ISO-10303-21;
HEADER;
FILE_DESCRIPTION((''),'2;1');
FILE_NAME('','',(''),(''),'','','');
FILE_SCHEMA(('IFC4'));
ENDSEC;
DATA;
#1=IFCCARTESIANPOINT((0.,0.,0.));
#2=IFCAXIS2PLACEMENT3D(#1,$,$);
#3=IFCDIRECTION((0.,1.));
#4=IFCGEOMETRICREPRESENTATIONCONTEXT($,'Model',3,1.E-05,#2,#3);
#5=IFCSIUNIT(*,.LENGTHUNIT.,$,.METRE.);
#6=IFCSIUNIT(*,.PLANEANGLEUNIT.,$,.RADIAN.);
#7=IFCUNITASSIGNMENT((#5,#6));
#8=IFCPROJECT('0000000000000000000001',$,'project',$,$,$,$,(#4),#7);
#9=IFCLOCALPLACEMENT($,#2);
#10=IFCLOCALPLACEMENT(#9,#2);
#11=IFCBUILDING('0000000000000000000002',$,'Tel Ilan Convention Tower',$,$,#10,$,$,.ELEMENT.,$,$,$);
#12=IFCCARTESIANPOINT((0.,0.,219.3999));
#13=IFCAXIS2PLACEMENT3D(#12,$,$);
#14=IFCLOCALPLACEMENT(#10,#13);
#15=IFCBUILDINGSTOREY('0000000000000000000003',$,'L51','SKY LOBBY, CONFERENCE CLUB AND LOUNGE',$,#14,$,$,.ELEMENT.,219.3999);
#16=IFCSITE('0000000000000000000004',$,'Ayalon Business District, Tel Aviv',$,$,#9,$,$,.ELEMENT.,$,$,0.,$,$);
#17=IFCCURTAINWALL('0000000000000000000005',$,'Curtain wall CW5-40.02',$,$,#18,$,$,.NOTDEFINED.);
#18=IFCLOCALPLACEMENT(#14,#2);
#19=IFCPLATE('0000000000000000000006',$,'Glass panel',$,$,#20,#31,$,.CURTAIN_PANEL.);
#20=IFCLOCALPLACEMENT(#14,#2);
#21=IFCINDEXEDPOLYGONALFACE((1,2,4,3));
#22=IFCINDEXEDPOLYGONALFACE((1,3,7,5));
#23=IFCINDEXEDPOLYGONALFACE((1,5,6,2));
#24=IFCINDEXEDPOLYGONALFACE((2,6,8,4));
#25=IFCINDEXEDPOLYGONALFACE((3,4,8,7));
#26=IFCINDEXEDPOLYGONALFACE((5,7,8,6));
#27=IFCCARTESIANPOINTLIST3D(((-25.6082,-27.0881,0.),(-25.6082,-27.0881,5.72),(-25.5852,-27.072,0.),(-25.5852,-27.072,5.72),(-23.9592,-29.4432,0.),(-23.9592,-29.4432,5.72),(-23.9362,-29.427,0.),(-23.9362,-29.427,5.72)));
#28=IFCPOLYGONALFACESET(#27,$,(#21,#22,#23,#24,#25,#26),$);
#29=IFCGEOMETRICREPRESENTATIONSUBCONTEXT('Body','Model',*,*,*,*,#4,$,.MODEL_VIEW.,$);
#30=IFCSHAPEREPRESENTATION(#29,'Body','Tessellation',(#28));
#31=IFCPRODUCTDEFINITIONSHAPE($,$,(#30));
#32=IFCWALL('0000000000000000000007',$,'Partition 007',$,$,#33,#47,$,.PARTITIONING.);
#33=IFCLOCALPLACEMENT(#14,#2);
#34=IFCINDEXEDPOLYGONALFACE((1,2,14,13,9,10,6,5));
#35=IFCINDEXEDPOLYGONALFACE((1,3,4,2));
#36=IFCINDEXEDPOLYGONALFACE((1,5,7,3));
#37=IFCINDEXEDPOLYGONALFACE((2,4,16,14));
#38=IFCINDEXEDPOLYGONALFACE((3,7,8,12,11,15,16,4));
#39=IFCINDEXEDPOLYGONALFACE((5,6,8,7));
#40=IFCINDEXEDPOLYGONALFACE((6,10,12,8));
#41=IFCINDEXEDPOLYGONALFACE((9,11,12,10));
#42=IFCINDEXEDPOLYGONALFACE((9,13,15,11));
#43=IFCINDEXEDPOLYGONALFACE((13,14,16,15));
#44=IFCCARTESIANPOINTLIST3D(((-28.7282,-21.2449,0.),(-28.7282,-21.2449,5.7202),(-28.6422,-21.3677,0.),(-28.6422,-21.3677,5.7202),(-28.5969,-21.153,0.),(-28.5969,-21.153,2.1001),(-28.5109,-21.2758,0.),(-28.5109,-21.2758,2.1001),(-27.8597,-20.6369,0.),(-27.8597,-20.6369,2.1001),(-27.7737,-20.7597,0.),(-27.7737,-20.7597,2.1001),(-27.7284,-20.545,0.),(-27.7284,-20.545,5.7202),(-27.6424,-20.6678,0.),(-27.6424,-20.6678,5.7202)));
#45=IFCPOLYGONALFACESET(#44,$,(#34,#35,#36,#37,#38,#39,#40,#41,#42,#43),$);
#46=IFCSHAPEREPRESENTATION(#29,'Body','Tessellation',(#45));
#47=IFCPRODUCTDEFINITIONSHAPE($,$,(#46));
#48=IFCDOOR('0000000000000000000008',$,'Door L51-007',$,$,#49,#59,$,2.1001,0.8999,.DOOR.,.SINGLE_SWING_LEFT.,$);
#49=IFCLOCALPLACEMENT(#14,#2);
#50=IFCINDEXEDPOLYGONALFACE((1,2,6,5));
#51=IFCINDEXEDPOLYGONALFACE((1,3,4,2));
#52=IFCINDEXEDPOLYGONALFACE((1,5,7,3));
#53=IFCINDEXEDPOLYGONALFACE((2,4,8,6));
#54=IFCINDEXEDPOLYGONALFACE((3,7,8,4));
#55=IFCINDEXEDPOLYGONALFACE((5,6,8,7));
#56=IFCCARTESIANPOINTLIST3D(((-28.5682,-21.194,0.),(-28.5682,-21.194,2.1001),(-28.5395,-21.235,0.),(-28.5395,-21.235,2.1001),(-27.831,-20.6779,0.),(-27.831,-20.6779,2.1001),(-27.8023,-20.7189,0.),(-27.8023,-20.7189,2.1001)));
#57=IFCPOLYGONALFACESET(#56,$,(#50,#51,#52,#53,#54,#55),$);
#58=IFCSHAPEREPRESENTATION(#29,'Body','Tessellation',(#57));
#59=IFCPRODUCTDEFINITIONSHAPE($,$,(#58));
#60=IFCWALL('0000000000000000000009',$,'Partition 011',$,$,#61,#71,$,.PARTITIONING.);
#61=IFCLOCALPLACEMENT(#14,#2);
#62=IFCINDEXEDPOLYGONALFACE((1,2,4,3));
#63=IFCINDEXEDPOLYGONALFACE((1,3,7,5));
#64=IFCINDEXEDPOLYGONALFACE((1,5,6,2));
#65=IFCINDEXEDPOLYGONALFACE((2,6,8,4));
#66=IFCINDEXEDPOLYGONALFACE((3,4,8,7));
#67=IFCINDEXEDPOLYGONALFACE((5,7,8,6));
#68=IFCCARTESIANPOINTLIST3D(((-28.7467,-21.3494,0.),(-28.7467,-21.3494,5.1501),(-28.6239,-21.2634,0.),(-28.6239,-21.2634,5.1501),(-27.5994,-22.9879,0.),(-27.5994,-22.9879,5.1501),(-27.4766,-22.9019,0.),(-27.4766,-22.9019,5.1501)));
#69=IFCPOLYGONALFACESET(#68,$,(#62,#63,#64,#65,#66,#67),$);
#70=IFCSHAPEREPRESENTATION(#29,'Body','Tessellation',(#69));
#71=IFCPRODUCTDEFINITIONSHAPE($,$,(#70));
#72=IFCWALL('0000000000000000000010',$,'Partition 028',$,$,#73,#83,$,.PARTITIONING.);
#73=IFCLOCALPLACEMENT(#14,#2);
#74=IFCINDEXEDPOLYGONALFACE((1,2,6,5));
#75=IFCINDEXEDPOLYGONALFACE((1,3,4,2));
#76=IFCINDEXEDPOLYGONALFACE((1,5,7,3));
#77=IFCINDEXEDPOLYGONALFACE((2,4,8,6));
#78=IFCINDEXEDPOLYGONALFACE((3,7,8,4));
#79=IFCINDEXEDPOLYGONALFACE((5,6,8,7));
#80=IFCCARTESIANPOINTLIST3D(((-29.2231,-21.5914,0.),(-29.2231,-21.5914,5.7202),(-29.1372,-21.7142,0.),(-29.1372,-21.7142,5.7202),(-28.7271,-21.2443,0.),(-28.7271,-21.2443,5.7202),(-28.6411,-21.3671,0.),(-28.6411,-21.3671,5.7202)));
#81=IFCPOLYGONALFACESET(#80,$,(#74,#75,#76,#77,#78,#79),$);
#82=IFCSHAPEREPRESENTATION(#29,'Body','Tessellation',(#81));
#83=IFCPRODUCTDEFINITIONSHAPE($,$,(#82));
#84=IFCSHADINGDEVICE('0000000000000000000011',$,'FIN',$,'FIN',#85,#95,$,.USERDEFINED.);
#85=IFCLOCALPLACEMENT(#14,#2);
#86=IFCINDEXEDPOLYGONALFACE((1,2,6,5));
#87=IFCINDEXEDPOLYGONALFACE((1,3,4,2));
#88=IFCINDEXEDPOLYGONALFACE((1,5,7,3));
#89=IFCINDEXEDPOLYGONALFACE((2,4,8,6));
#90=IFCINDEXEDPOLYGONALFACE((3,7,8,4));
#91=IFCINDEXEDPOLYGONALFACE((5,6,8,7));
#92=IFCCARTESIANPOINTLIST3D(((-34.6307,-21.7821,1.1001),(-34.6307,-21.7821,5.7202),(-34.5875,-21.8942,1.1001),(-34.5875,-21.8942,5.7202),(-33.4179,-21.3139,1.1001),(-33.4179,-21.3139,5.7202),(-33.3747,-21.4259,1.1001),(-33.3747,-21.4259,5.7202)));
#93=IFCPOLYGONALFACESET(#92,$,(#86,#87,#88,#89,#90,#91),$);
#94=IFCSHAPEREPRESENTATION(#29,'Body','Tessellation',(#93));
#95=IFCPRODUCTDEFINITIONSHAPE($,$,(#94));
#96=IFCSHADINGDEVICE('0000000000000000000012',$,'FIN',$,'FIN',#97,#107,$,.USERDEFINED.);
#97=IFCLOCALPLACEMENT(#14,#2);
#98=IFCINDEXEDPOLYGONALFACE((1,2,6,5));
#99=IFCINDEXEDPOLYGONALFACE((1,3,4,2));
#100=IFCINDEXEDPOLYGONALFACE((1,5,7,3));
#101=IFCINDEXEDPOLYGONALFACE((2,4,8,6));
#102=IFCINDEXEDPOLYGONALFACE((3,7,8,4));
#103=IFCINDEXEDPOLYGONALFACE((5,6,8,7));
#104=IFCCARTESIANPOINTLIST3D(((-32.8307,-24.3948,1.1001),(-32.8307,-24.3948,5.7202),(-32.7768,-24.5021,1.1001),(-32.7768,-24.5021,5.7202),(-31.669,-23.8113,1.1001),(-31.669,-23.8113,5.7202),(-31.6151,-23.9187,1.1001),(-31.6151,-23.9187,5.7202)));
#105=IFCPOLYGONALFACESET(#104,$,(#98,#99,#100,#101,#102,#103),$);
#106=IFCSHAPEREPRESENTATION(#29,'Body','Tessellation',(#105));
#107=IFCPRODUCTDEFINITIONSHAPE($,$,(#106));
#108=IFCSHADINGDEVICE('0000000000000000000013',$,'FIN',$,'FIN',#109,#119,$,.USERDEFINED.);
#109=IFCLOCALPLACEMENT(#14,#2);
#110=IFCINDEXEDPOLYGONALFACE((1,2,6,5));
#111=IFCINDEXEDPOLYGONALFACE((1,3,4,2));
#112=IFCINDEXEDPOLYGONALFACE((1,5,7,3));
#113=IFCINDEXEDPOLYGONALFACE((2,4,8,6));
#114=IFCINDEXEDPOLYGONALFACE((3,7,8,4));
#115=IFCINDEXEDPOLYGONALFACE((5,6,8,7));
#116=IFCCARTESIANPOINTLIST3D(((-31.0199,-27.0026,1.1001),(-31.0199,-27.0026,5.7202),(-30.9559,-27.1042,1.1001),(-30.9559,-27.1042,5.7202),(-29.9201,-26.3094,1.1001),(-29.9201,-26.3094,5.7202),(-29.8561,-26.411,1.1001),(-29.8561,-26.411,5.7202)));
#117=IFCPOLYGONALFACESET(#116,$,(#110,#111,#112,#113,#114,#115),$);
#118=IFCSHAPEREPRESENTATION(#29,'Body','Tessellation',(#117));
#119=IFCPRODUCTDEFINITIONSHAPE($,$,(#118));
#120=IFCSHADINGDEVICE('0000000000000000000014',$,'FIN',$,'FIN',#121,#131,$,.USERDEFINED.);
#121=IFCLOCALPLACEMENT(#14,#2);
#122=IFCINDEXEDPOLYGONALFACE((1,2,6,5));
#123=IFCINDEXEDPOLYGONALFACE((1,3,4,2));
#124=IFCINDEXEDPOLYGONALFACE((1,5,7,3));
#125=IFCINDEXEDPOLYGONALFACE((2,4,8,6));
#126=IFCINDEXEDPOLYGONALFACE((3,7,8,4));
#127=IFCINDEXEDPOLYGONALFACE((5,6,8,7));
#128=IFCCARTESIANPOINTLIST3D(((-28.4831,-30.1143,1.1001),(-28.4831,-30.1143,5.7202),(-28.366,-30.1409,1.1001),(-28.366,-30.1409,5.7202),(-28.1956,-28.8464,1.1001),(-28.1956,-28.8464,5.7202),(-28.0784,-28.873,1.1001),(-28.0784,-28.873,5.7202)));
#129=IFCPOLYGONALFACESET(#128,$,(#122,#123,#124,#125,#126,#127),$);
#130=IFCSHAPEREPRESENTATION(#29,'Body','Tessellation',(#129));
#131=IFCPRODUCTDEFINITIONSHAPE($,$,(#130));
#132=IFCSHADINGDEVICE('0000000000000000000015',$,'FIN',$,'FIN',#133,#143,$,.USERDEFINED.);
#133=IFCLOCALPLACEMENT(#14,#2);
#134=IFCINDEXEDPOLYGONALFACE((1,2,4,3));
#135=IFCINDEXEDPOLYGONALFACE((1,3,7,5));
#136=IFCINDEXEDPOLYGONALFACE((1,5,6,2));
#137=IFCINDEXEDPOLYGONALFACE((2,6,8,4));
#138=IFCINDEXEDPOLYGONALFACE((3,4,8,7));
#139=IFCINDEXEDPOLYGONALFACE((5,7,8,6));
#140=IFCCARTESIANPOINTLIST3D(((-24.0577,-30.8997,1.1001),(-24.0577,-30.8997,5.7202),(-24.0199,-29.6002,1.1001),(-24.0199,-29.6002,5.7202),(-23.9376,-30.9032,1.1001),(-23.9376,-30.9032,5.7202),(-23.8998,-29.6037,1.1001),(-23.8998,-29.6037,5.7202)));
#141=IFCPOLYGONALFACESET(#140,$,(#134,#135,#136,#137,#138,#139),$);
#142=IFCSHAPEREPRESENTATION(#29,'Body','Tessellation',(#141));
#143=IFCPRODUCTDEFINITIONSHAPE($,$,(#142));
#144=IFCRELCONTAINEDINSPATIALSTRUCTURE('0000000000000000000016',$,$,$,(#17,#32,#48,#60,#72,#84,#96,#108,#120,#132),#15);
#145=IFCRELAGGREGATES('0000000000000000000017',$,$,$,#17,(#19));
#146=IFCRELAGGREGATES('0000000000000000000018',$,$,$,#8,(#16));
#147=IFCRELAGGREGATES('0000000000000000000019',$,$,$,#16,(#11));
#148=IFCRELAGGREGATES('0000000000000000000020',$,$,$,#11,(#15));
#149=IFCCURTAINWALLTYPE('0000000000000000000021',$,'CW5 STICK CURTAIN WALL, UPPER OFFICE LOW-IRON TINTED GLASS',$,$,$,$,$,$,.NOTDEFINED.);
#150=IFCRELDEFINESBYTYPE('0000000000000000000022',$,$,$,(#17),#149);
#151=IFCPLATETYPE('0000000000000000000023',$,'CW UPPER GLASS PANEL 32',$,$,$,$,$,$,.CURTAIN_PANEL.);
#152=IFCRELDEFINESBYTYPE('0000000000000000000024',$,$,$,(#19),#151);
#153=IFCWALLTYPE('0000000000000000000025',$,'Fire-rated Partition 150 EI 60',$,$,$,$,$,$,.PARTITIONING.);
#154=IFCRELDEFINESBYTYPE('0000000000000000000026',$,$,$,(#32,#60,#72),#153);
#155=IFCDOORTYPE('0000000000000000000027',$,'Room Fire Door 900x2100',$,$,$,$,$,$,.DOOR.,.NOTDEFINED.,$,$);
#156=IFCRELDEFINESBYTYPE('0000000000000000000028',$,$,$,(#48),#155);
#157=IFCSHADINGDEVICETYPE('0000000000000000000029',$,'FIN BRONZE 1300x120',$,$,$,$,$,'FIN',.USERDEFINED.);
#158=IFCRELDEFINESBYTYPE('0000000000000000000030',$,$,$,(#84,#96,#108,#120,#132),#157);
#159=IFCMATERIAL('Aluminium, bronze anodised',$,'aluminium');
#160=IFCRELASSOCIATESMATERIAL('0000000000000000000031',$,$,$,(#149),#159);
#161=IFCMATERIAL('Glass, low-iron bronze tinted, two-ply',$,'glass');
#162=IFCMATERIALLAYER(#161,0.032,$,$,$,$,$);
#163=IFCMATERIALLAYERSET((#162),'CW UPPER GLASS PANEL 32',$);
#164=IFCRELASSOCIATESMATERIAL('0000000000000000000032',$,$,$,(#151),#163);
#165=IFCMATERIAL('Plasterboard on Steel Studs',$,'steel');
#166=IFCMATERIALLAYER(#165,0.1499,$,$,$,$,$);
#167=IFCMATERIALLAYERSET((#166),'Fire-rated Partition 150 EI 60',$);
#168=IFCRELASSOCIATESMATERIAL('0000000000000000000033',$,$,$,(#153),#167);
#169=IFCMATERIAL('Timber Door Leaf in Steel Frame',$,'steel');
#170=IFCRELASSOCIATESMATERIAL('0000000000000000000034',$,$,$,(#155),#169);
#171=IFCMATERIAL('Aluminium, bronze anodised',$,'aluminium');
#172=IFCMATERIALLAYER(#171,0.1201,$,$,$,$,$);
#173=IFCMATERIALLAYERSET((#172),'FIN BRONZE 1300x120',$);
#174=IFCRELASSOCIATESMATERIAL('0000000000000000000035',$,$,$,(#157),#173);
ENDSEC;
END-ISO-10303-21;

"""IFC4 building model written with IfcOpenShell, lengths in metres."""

from ifc_helpers import new_model, si_unit, direction, frame, frame_2d, origin, origin_2d, place, context, subcontext, project, spatial, rectangle, extrude, material, layer, layer_set, type_object, element, fill, aggregate, save


model = new_model("IFC4")

# Units and contexts
model_context = context("Model", 3, precision=1e-05, world=origin(), true_north=direction((0.0, 1.0)))
body_context = subcontext(model_context, "Body", "Model", "MODEL_VIEW")
ifc_project = project(units=[si_unit("LENGTHUNIT", "METRE"), si_unit("PLANEANGLEUNIT", "RADIAN")], contexts=[model_context])

# Site, building, storey
site_placement = place(None, origin())
site = spatial("IfcSite", under=ifc_project, at=site_placement, Name="Ayalon Business District, Tel Aviv", CompositionType="ELEMENT", RefElevation=0.0)
building_placement = place(site_placement, origin())
building = spatial("IfcBuilding", under=site, at=building_placement, Name="Tel Ilan Convention Tower", CompositionType="ELEMENT")
storey_placement = place(building_placement, frame((0.0, 0.0, 219.3999)))
storey = spatial("IfcBuildingStorey", under=building, at=storey_placement, Name="L51", Description="SKY LOBBY, CONFERENCE CLUB AND LOUNGE", CompositionType="ELEMENT", Elevation=219.3999)

# Curtain wall, plate
ifc_material_1 = material(Name="Aluminium, bronze anodised", Category="aluminium")
curtain_wall_type = type_object("IfcCurtainWallType", Name="CW5 STICK CURTAIN WALL, UPPER OFFICE LOW-IRON TINTED GLASS", PredefinedType="NOTDEFINED", material=ifc_material_1)
curtain_wall_placement = place(storey_placement, origin())
curtain_wall = element("IfcCurtainWall", 1, at=curtain_wall_placement, inside=storey, type_object=curtain_wall_type, Name="Curtain wall CW5-40.02", PredefinedType="NOTDEFINED")
ifc_material_2 = material(Name="Glass, low-iron bronze tinted, two-ply", Category="glass")
ifc_layer_1 = layer(ifc_material_2, 0.032)
ifc_layer_set_1 = layer_set([ifc_layer_1], Name="CW UPPER GLASS PANEL 32")
plate_type = type_object("IfcPlateType", Name="CW UPPER GLASS PANEL 32", PredefinedType="CURTAIN_PANEL", material=ifc_layer_set_1)
plate_1_placement = place(storey_placement, frame((-24.7722, -28.2576, 0.0), z_axis=(0.0, 0.0, 1.0), x_axis=(0.573576, -0.819152, 0.0)))
plate_1 = element("IfcPlate", 2, at=plate_1_placement, type_object=plate_type, Name="Glass panel", PredefinedType="CURTAIN_PANEL", context=body_context, shape_type="SweptSolid", body=[
    extrude(rectangle(XDim=2.875, YDim=0.0281, at=origin_2d()), origin(), (0.0, 0.0, 1.0), 5.72),
])
aggregate(curtain_wall, [plate_1])

# Wall, opening, door
ifc_material_3 = material(Name="Plasterboard on Steel Studs", Category="steel")
ifc_layer_2 = layer(ifc_material_3, 0.1499)
ifc_layer_set_2 = layer_set([ifc_layer_2], Name="Fire-rated Partition 150 EI 60")
wall_type = type_object("IfcWallType", Name="Fire-rated Partition 150 EI 60", PredefinedType="PARTITIONING", material=ifc_layer_set_2)
wall_1_placement = place(storey_placement, frame((-28.6853, -21.3064, 0.0), z_axis=(0.0, 0.0, 1.0), x_axis=(0.819185, 0.573529, 0.0)))
wall_1 = element("IfcWall", 3, at=wall_1_placement, inside=storey, type_object=wall_type, Name="Partition 007", PredefinedType="PARTITIONING", context=body_context, shape_type="SweptSolid", body=[
    extrude(rectangle(XDim=1.2205, YDim=0.1499, at=frame_2d((0.6104, 0.0))), origin(), (0.0, 0.0, 1.0), 5.7202),
])
opening_placement = place(wall_1_placement, frame((0.1604, 0.0, 0.0)))
opening = element("IfcOpeningElement", 4, at=opening_placement, cuts=wall_1, PredefinedType="OPENING", context=body_context, shape_type="SweptSolid", body=[
    extrude(rectangle(XDim=0.8999, YDim=2.1001, at=frame_2d((0.45, 1.05))), frame((0.0, 0.085, 0.0), z_axis=(0.0, -1.0, 0.0), x_axis=(1.0, 0.0, 0.0)), (0.0, 0.0, 1.0), 0.1699),
])
ifc_material_4 = material(Name="Timber Door Leaf in Steel Frame", Category="steel")
door_type = type_object("IfcDoorType", Name="Room Fire Door 900x2100", OperationType="NOTDEFINED", PredefinedType="DOOR", material=ifc_material_4)
door_placement = place(opening_placement, origin())
door = element("IfcDoor", 5, at=door_placement, inside=storey, type_object=door_type, Name="Door L51-007", OperationType="SINGLE_SWING_LEFT", OverallHeight=2.1001, OverallWidth=0.8999, PredefinedType="DOOR", context=body_context, shape_type="SweptSolid", body=[
    extrude(rectangle(XDim=0.8999, YDim=2.1001, at=frame_2d((0.45, 1.05))), frame((0.0, 0.0249, 0.0), z_axis=(0.0, -1.0, 0.0), x_axis=(1.0, 0.0, 0.0)), (0.0, 0.0, 1.0), 0.05),
])
fill(opening, door)

# Walls
wall_2_placement = place(storey_placement, frame((-27.5381, -22.9448, 0.0), z_axis=(0.0, 0.0, 1.0), x_axis=(-0.573569, 0.819157, 0.0)))
element("IfcWall", 6, at=wall_2_placement, inside=storey, type_object=wall_type, Name="Partition 011", PredefinedType="PARTITIONING", context=body_context, shape_type="SweptSolid", body=[
    extrude(rectangle(XDim=2.0002, YDim=0.1499, at=frame_2d((1.0, 0.0))), origin(), (0.0, 0.0, 1.0), 5.1501),
])
wall_3_placement = place(storey_placement, frame((-28.6841, -21.3057, 0.0), z_axis=(0.0, 0.0, 1.0), x_axis=(-0.819308, -0.573354, 0.0)))
element("IfcWall", 7, at=wall_3_placement, inside=storey, type_object=wall_type, Name="Partition 028", PredefinedType="PARTITIONING", context=body_context, shape_type="SweptSolid", body=[
    extrude(rectangle(XDim=0.6055, YDim=0.1499, at=frame_2d((0.3027, 0.0))), origin(), (0.0, 0.0, 1.0), 5.7202),
])

# Shading devices
ifc_material_5 = material(Name="Aluminium, bronze anodised", Category="aluminium")
ifc_layer_3 = layer(ifc_material_5, 0.1201)
ifc_layer_set_3 = layer_set([ifc_layer_3], Name="FIN BRONZE 1300x120")
shading_device_type = type_object("IfcShadingDeviceType", Name="FIN BRONZE 1300x120", ElementType="FIN", PredefinedType="USERDEFINED", material=ifc_layer_set_3)
for number, where, z_axis, x_axis, name in (
    (8, (-34.0027, -21.604, 1.1001), (0.0, 0.0, 1.0), (-0.932884, -0.360178, 0.0), "FIN"),
    (9, (-32.2229, -24.1567, 1.1001), (0.0, 0.0, 1.0), (-0.893633, -0.448799, 0.0), "FIN"),
    (10, (-30.438, -26.7068, 1.1001), (0.0, 0.0, 1.0), (-0.845986, -0.533204, 0.0), "FIN"),
    (11, (-28.2808, -29.4937, 1.1001), (0.0, 0.0, 1.0), (-0.22117, -0.975235, 0.0), "FIN"),
    (12, (-23.9788, -30.2517, 1.1001), (0.0, 0.0, 1.0), (-0.029085, -0.999577, 0.0), "FIN"),
):
    element("IfcShadingDevice", number, at=place(storey_placement, frame(where, z_axis=z_axis, x_axis=x_axis)), inside=storey, type_object=shading_device_type, Name=name, ObjectType="FIN", PredefinedType="USERDEFINED", context=body_context, shape_type="SweptSolid", body=[
        extrude(rectangle(XDim=1.3, YDim=0.1201, at=origin_2d()), origin(), (0.0, 0.0, 1.0), 4.6201),
    ])

save(model, "model.ifc")
